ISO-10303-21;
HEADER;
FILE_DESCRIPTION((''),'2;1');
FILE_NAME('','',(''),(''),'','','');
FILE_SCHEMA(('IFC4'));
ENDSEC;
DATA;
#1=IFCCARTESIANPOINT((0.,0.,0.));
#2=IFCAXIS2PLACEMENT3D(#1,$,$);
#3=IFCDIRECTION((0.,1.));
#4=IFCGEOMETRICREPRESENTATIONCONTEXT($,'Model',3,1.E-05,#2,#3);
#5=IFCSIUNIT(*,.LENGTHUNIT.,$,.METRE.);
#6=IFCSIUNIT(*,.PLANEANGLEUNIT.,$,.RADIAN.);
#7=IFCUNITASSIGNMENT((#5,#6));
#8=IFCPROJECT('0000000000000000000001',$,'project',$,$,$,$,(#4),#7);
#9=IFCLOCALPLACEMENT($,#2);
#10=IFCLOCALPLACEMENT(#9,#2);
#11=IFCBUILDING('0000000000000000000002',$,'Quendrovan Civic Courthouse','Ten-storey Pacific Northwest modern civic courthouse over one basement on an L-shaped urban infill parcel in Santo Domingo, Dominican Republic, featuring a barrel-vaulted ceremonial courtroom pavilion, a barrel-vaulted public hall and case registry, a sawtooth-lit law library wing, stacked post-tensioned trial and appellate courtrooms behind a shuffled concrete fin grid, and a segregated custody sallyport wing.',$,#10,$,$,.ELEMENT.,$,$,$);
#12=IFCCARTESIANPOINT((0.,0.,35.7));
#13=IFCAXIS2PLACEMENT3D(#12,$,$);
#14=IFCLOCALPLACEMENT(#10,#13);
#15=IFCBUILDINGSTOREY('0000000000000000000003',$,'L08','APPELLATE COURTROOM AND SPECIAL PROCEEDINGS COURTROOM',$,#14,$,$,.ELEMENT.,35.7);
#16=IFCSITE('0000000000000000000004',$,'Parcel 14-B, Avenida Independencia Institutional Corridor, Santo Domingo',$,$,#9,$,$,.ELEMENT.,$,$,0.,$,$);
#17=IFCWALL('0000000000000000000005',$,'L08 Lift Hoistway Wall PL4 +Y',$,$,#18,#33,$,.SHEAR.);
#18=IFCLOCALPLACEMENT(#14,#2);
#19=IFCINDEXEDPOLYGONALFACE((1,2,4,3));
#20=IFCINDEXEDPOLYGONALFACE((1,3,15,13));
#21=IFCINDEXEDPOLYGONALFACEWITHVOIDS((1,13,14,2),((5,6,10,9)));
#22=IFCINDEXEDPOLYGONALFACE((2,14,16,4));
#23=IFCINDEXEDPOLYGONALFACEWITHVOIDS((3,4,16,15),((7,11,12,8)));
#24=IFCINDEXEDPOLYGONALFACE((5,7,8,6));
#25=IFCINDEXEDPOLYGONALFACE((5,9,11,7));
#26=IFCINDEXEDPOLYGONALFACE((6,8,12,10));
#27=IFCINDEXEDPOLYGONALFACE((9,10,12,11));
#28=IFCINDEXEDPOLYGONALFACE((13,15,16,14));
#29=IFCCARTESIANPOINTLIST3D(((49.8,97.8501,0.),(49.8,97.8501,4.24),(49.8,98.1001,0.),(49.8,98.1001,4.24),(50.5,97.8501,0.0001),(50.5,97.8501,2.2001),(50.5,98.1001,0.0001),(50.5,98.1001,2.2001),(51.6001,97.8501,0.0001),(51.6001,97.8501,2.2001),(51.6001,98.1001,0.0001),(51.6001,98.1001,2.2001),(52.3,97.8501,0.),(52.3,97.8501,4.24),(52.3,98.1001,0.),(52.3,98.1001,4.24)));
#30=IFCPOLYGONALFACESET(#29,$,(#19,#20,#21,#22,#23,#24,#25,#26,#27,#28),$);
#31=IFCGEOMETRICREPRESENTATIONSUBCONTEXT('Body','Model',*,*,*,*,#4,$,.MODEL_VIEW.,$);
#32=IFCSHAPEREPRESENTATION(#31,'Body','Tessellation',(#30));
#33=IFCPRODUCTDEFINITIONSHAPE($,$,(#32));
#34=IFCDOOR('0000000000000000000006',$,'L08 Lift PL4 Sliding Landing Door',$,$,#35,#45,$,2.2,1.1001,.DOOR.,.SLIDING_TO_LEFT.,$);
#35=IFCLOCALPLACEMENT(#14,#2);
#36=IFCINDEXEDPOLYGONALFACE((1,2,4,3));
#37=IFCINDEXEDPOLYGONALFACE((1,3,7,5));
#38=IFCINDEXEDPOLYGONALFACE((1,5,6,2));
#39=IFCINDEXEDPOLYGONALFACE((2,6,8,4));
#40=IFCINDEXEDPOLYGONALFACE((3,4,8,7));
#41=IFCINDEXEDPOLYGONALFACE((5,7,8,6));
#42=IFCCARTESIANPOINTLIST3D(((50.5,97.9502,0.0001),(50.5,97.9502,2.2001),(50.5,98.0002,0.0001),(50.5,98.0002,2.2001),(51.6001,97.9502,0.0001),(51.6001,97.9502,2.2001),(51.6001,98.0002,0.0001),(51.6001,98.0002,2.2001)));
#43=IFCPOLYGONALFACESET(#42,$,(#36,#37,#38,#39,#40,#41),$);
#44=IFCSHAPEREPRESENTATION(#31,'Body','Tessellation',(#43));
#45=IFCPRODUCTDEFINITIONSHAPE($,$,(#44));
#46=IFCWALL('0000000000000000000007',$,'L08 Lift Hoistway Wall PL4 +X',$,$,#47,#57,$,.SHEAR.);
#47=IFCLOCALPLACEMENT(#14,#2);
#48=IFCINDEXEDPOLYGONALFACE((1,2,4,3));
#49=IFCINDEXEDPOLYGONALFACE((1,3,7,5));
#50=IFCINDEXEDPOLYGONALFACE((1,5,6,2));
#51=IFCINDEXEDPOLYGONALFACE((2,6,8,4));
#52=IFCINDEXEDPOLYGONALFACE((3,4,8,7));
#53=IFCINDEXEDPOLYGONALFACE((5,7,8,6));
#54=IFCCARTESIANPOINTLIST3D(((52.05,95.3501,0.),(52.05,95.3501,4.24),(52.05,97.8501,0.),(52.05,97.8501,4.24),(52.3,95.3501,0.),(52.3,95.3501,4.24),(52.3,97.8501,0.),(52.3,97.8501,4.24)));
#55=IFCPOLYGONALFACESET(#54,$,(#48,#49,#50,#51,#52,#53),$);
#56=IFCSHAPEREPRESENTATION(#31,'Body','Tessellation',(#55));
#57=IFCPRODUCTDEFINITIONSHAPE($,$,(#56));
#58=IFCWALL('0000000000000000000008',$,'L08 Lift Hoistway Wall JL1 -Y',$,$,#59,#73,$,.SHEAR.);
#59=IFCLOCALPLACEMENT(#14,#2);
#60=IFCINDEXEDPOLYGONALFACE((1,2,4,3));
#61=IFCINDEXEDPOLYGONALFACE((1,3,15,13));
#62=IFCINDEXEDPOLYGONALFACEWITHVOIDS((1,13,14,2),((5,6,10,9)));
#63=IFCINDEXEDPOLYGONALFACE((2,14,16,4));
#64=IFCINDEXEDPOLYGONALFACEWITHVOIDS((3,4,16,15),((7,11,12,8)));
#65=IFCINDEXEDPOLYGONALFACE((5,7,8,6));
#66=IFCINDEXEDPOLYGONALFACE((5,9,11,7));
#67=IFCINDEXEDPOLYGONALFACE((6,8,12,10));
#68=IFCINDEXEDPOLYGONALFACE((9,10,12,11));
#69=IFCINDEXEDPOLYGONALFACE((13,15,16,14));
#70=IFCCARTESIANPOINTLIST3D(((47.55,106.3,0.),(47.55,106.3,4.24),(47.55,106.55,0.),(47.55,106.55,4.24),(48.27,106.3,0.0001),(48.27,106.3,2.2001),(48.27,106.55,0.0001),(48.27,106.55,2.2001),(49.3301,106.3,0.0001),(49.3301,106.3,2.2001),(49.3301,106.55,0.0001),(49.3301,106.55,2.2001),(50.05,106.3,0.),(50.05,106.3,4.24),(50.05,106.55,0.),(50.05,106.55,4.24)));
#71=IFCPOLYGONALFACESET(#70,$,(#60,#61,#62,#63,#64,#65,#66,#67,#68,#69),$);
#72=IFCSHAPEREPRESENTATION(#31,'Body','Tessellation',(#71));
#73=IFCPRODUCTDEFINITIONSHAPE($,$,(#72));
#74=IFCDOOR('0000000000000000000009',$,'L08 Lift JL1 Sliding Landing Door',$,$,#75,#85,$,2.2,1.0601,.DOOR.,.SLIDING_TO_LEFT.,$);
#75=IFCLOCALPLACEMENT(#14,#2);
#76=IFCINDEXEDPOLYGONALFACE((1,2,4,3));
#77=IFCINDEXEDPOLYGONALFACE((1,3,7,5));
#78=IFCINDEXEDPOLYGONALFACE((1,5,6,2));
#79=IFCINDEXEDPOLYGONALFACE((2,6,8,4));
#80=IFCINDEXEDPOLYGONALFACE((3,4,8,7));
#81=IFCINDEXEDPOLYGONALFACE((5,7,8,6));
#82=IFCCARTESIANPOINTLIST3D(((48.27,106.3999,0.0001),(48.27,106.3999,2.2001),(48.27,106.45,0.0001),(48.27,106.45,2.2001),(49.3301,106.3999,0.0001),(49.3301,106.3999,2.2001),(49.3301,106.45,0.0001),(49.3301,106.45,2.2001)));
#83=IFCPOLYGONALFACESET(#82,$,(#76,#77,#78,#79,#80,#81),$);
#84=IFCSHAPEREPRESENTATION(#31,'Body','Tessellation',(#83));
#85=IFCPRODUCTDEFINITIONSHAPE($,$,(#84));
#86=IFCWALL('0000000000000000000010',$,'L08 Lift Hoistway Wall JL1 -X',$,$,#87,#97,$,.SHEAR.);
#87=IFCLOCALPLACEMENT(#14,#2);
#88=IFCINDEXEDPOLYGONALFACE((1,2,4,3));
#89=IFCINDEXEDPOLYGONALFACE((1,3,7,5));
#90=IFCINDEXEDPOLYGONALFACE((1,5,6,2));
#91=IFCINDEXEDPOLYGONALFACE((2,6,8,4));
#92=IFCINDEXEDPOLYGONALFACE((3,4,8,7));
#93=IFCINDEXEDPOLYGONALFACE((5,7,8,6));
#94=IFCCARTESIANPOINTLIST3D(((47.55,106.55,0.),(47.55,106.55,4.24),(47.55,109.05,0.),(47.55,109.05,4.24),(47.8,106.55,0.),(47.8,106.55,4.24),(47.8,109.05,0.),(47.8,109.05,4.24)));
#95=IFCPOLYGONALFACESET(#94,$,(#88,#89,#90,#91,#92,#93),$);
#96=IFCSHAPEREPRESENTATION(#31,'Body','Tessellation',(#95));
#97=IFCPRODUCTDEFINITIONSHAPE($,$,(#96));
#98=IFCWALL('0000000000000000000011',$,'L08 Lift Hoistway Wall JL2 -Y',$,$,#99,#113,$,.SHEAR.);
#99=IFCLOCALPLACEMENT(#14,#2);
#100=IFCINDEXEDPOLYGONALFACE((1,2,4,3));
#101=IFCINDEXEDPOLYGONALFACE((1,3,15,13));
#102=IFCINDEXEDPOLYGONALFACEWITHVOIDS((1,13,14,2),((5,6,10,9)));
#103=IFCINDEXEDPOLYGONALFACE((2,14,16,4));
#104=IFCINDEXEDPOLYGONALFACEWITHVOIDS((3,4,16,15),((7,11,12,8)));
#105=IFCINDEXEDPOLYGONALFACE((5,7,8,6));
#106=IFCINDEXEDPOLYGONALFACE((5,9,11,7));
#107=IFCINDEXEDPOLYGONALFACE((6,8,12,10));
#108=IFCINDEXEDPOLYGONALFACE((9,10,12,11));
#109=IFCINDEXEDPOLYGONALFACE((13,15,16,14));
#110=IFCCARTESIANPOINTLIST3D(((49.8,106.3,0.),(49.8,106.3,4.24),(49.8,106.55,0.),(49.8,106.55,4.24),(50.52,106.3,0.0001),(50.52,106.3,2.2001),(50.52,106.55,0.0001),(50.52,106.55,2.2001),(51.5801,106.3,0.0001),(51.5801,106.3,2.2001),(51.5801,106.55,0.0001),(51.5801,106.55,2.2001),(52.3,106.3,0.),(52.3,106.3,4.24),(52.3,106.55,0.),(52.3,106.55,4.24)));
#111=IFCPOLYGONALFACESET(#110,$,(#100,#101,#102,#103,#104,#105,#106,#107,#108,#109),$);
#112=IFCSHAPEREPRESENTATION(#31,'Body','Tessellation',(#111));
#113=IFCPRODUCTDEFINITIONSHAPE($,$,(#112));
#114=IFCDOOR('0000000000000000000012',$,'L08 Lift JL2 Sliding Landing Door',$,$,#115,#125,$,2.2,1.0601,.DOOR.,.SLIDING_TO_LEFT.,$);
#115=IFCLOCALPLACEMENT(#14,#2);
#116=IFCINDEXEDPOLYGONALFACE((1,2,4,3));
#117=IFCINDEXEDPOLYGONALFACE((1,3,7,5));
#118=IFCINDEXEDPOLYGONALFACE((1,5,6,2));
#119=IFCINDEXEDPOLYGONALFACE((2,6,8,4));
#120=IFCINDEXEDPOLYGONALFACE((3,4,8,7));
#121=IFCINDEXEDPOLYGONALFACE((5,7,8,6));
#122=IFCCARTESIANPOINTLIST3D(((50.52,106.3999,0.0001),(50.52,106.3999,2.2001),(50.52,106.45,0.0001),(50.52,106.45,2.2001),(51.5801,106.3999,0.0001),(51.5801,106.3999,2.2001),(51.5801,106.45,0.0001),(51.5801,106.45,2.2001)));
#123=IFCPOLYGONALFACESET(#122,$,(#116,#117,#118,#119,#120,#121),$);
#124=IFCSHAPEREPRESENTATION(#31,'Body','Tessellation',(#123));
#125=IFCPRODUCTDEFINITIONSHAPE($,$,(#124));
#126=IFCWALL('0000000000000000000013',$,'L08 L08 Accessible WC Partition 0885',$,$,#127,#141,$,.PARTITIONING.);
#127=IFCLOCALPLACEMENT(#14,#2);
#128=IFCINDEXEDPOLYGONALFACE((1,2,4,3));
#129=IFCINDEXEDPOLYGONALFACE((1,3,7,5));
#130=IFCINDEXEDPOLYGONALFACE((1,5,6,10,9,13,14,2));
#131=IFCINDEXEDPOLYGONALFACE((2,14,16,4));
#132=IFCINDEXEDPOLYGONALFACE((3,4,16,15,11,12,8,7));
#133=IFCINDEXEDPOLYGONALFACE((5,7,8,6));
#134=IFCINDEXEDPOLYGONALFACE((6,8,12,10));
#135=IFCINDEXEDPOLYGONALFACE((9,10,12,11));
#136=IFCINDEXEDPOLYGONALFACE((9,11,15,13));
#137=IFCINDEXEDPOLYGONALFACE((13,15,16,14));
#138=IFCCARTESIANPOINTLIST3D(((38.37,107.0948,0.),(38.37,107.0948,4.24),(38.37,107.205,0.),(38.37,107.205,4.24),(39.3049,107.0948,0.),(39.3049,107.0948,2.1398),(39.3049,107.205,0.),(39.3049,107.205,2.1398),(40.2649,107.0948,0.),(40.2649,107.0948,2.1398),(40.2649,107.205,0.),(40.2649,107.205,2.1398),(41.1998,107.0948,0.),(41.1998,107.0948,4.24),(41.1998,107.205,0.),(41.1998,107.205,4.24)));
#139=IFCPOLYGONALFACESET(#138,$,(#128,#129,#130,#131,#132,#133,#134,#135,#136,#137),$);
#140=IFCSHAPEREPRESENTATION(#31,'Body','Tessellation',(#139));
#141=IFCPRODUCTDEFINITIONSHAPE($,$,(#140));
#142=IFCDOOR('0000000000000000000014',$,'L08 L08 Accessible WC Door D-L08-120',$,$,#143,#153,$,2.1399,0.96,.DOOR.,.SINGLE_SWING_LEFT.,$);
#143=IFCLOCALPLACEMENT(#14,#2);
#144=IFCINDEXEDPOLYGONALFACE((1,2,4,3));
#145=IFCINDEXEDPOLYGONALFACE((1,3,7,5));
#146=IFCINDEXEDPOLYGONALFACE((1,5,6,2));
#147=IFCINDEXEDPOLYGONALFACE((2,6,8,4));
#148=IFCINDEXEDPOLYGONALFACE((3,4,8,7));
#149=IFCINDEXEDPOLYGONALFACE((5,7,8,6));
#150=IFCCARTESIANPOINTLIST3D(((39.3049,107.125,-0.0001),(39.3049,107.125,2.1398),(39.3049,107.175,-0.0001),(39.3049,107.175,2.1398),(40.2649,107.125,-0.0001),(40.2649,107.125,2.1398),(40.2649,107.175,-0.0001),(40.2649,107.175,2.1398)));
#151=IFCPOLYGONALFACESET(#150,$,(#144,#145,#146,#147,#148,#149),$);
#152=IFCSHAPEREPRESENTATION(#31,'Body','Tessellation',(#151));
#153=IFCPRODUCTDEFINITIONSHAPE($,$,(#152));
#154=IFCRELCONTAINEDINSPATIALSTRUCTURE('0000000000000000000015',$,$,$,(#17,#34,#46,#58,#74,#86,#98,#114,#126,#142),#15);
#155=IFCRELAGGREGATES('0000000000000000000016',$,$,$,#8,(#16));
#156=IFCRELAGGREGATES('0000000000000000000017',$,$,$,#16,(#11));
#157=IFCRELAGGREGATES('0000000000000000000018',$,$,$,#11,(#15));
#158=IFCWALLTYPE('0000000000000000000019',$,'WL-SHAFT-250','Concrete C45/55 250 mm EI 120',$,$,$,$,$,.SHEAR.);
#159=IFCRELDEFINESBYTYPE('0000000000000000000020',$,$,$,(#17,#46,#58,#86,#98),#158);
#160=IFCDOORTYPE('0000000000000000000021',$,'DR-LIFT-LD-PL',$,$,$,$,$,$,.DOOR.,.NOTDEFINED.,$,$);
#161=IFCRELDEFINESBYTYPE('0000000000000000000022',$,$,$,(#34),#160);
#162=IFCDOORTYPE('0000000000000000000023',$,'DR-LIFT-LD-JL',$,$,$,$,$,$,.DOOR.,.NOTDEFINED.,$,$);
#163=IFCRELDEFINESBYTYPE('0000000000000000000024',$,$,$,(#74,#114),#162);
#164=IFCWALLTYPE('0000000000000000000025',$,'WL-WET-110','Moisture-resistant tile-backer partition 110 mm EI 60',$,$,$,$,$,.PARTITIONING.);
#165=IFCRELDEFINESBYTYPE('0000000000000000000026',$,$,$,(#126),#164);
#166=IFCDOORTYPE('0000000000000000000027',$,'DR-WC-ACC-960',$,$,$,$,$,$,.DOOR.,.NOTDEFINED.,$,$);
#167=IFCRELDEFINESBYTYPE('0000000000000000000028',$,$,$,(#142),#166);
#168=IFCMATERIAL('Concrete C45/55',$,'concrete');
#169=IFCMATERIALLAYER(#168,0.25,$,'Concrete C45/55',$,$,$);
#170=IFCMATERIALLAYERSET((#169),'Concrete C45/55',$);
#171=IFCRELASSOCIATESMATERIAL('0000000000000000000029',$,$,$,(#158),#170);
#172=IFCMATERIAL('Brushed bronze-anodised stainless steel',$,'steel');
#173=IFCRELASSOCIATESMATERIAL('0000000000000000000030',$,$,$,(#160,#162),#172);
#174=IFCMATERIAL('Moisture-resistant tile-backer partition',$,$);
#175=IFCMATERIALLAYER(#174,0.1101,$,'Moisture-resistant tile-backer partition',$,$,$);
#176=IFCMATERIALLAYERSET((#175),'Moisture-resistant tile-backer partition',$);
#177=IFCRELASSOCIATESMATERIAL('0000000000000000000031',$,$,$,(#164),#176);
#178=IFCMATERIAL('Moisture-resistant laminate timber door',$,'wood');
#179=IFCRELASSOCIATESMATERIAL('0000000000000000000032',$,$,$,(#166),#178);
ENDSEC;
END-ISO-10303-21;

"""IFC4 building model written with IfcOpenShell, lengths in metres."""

from ifc_helpers import new_model, si_unit, direction, frame, frame_2d, origin, place, context, subcontext, project, spatial, rectangle, extrude, material, layer, layer_set, type_object, element, fill, save


model = new_model("IFC4")

# Units and contexts
model_context = context("Model", 3, precision=1e-05, world=origin(), true_north=direction((0.0, 1.0)))
body_context = subcontext(model_context, "Body", "Model", "MODEL_VIEW")
ifc_project = project(units=[si_unit("LENGTHUNIT", "METRE"), si_unit("PLANEANGLEUNIT", "RADIAN")], contexts=[model_context])

# Site, building, storey
site_placement = place(None, origin())
site = spatial("IfcSite", under=ifc_project, at=site_placement, Name="Parcel 14-B, Avenida Independencia Institutional Corridor, Santo Domingo", CompositionType="ELEMENT", RefElevation=0.0)
building_placement = place(site_placement, origin())
building = spatial("IfcBuilding", under=site, at=building_placement, Name="Quendrovan Civic Courthouse", Description="Ten-storey Pacific Northwest modern civic courthouse over one basement on an L-shaped urban infill parcel in Santo Domingo, Dominican Republic, featuring a barrel-vaulted ceremonial courtroom pavilion, a barrel-vaulted public hall and case registry, a sawtooth-lit law library wing, stacked post-tensioned trial and appellate courtrooms behind a shuffled concrete fin grid, and a segregated custody sallyport wing.", CompositionType="ELEMENT")
storey_placement = place(building_placement, frame((0.0, 0.0, 35.7)))
storey = spatial("IfcBuildingStorey", under=building, at=storey_placement, Name="L08", Description="APPELLATE COURTROOM AND SPECIAL PROCEEDINGS COURTROOM", CompositionType="ELEMENT", Elevation=35.7)

# Shared definitions
ifc_material_1 = material(Name="Concrete C45/55", Category="concrete")

# Shared definitions
ifc_layer_1 = layer(ifc_material_1, 0.25, Name="Concrete C45/55")
ifc_layer_set_1 = layer_set([ifc_layer_1], Name="Concrete C45/55")
wall_type_1 = type_object("IfcWallType", Name="WL-SHAFT-250", Description="Concrete C45/55 250 mm EI 120", PredefinedType="SHEAR", material=ifc_layer_set_1)
ifc_material_2 = material(Name="Brushed bronze-anodised stainless steel", Category="steel")
door_type_1 = type_object("IfcDoorType", Name="DR-LIFT-LD-PL", OperationType="NOTDEFINED", PredefinedType="DOOR", material=ifc_material_2)

# Wall, opening, door
wall_1_placement = place(storey_placement, frame((52.3, 97.9751, 0.0), z_axis=(0.0, 0.0, 1.0), x_axis=(-1.0, 0.0, 0.0)))
wall_1 = element("IfcWall", 1, at=wall_1_placement, inside=storey, type_object=wall_type_1, Name="L08 Lift Hoistway Wall PL4 +Y", PredefinedType="SHEAR", context=body_context, shape_type="SweptSolid", body=[
    extrude(rectangle(XDim=2.5, YDim=0.25, at=frame_2d((1.25, 0.0))), origin(), (0.0, 0.0, 1.0), 4.24),
])
opening_1_placement = place(wall_1_placement, frame((0.7, 0.0, 0.0)))
opening_1 = element("IfcOpeningElement", 2, at=opening_1_placement, cuts=wall_1, PredefinedType="OPENING", context=body_context, shape_type="SweptSolid", body=[
    extrude(rectangle(XDim=1.1001, YDim=2.2, at=frame_2d((0.55, 1.1001))), frame((0.0, 0.135, 0.0), z_axis=(0.0, -1.0, 0.0), x_axis=(1.0, 0.0, 0.0)), (0.0, 0.0, 1.0), 0.27),
])
door_1_placement = place(opening_1_placement, origin())
door_1 = element("IfcDoor", 3, at=door_1_placement, inside=storey, type_object=door_type_1, Name="L08 Lift PL4 Sliding Landing Door", OperationType="SLIDING_TO_LEFT", OverallHeight=2.2, OverallWidth=1.1001, PredefinedType="DOOR", context=body_context, shape_type="SweptSolid", body=[
    extrude(rectangle(XDim=1.1001, YDim=2.2, at=frame_2d((0.55, 1.1001))), frame((0.0, 0.0249, 0.0), z_axis=(0.0, -1.0, 0.0), x_axis=(1.0, 0.0, 0.0)), (0.0, 0.0, 1.0), 0.05),
])
fill(opening_1, door_1)

# Wall
wall_2_placement = place(storey_placement, frame((52.175, 97.8501, 0.0), z_axis=(0.0, 0.0, 1.0), x_axis=(0.0, -1.0, 0.0)))
element("IfcWall", 4, at=wall_2_placement, inside=storey, type_object=wall_type_1, Name="L08 Lift Hoistway Wall PL4 +X", PredefinedType="SHEAR", context=body_context, shape_type="SweptSolid", body=[
    extrude(rectangle(XDim=2.5, YDim=0.25, at=frame_2d((1.25, 0.0))), origin(), (0.0, 0.0, 1.0), 4.24),
])

# Wall, opening, door
wall_3_placement = place(storey_placement, frame((47.55, 106.425, 0.0), z_axis=(0.0, 0.0, 1.0), x_axis=(1.0, 0.0, 0.0)))
wall_3 = element("IfcWall", 5, at=wall_3_placement, inside=storey, type_object=wall_type_1, Name="L08 Lift Hoistway Wall JL1 -Y", PredefinedType="SHEAR", context=body_context, shape_type="SweptSolid", body=[
    extrude(rectangle(XDim=2.5, YDim=0.25, at=frame_2d((1.25, 0.0))), origin(), (0.0, 0.0, 1.0), 4.24),
])
opening_2_placement = place(wall_3_placement, frame((0.72, 0.0, 0.0)))
opening_2 = element("IfcOpeningElement", 6, at=opening_2_placement, cuts=wall_3, PredefinedType="OPENING", context=body_context, shape_type="SweptSolid", body=[
    extrude(rectangle(XDim=1.0601, YDim=2.2, at=frame_2d((0.53, 1.1001))), frame((0.0, 0.135, 0.0), z_axis=(0.0, -1.0, 0.0), x_axis=(1.0, 0.0, 0.0)), (0.0, 0.0, 1.0), 0.27),
])
door_type_2 = type_object("IfcDoorType", Name="DR-LIFT-LD-JL", OperationType="NOTDEFINED", PredefinedType="DOOR", material=ifc_material_2)
door_2_placement = place(opening_2_placement, origin())
door_2 = element("IfcDoor", 7, at=door_2_placement, inside=storey, type_object=door_type_2, Name="L08 Lift JL1 Sliding Landing Door", OperationType="SLIDING_TO_LEFT", OverallHeight=2.2, OverallWidth=1.0601, PredefinedType="DOOR", context=body_context, shape_type="SweptSolid", body=[
    extrude(rectangle(XDim=1.0601, YDim=2.2, at=frame_2d((0.53, 1.1001))), frame((0.0, 0.0249, 0.0), z_axis=(0.0, -1.0, 0.0), x_axis=(1.0, 0.0, 0.0)), (0.0, 0.0, 1.0), 0.05),
])
fill(opening_2, door_2)

# Wall
wall_4_placement = place(storey_placement, frame((47.675, 106.55, 0.0), z_axis=(0.0, 0.0, 1.0), x_axis=(0.0, 1.0, 0.0)))
element("IfcWall", 8, at=wall_4_placement, inside=storey, type_object=wall_type_1, Name="L08 Lift Hoistway Wall JL1 -X", PredefinedType="SHEAR", context=body_context, shape_type="SweptSolid", body=[
    extrude(rectangle(XDim=2.5, YDim=0.25, at=frame_2d((1.25, 0.0))), origin(), (0.0, 0.0, 1.0), 4.24),
])

# Walls, openings, doors
wall_5_placement = place(storey_placement, frame((49.8, 106.425, 0.0), z_axis=(0.0, 0.0, 1.0), x_axis=(1.0, 0.0, 0.0)))
wall_5 = element("IfcWall", 9, at=wall_5_placement, inside=storey, type_object=wall_type_1, Name="L08 Lift Hoistway Wall JL2 -Y", PredefinedType="SHEAR", context=body_context, shape_type="SweptSolid", body=[
    extrude(rectangle(XDim=2.5, YDim=0.25, at=frame_2d((1.25, 0.0))), origin(), (0.0, 0.0, 1.0), 4.24),
])
opening_3_placement = place(wall_5_placement, frame((0.72, 0.0, 0.0)))
opening_3 = element("IfcOpeningElement", 10, at=opening_3_placement, cuts=wall_5, PredefinedType="OPENING", context=body_context, shape_type="SweptSolid", body=[
    extrude(rectangle(XDim=1.0601, YDim=2.2, at=frame_2d((0.53, 1.1001))), frame((0.0, 0.135, 0.0), z_axis=(0.0, -1.0, 0.0), x_axis=(1.0, 0.0, 0.0)), (0.0, 0.0, 1.0), 0.27),
])
door_3_placement = place(opening_3_placement, origin())
door_3 = element("IfcDoor", 11, at=door_3_placement, inside=storey, type_object=door_type_2, Name="L08 Lift JL2 Sliding Landing Door", OperationType="SLIDING_TO_LEFT", OverallHeight=2.2, OverallWidth=1.0601, PredefinedType="DOOR", context=body_context, shape_type="SweptSolid", body=[
    extrude(rectangle(XDim=1.0601, YDim=2.2, at=frame_2d((0.53, 1.1001))), frame((0.0, 0.0249, 0.0), z_axis=(0.0, -1.0, 0.0), x_axis=(1.0, 0.0, 0.0)), (0.0, 0.0, 1.0), 0.05),
])
fill(opening_3, door_3)
ifc_material_3 = material(Name="Moisture-resistant tile-backer partition")
ifc_layer_2 = layer(ifc_material_3, 0.1101, Name="Moisture-resistant tile-backer partition")
ifc_layer_set_2 = layer_set([ifc_layer_2], Name="Moisture-resistant tile-backer partition")
wall_type_2 = type_object("IfcWallType", Name="WL-WET-110", Description="Moisture-resistant tile-backer partition 110 mm EI 60", PredefinedType="PARTITIONING", material=ifc_layer_set_2)
wall_6_placement = place(storey_placement, frame((41.2, 107.1499, 0.0), z_axis=(0.0, 0.0, 1.0), x_axis=(-1.0, 0.0, 0.0)))
wall_6 = element("IfcWall", 12, at=wall_6_placement, inside=storey, type_object=wall_type_2, Name="L08 L08 Accessible WC Partition 0885", PredefinedType="PARTITIONING", context=body_context, shape_type="SweptSolid", body=[
    extrude(rectangle(XDim=2.8298, YDim=0.1101, at=frame_2d((1.415, 0.0))), origin(), (0.0, 0.0, 1.0), 4.24),
])
opening_4_placement = place(wall_6_placement, frame((0.9351, 0.0, 0.0)))
opening_4 = element("IfcOpeningElement", 13, at=opening_4_placement, cuts=wall_6, PredefinedType="OPENING", context=body_context, shape_type="SweptSolid", body=[
    extrude(rectangle(XDim=0.96, YDim=2.1399, at=frame_2d((0.48, 1.0698))), frame((0.0, 0.0649, 0.0), z_axis=(0.0, -1.0, 0.0), x_axis=(1.0, 0.0, 0.0)), (0.0, 0.0, 1.0), 0.1301),
])
ifc_material_4 = material(Name="Moisture-resistant laminate timber door", Category="wood")
door_type_3 = type_object("IfcDoorType", Name="DR-WC-ACC-960", OperationType="NOTDEFINED", PredefinedType="DOOR", material=ifc_material_4)
door_4_placement = place(opening_4_placement, origin())
door_4 = element("IfcDoor", 14, at=door_4_placement, inside=storey, type_object=door_type_3, Name="L08 L08 Accessible WC Door D-L08-120", OperationType="SINGLE_SWING_LEFT", OverallHeight=2.1399, OverallWidth=0.96, PredefinedType="DOOR", context=body_context, shape_type="SweptSolid", body=[
    extrude(rectangle(XDim=0.96, YDim=2.1399, at=frame_2d((0.48, 1.0698))), frame((0.0, 0.0249, 0.0), z_axis=(0.0, -1.0, 0.0), x_axis=(1.0, 0.0, 0.0)), (0.0, 0.0, 1.0), 0.05),
])
fill(opening_4, door_4)

save(model, "model.ifc")
